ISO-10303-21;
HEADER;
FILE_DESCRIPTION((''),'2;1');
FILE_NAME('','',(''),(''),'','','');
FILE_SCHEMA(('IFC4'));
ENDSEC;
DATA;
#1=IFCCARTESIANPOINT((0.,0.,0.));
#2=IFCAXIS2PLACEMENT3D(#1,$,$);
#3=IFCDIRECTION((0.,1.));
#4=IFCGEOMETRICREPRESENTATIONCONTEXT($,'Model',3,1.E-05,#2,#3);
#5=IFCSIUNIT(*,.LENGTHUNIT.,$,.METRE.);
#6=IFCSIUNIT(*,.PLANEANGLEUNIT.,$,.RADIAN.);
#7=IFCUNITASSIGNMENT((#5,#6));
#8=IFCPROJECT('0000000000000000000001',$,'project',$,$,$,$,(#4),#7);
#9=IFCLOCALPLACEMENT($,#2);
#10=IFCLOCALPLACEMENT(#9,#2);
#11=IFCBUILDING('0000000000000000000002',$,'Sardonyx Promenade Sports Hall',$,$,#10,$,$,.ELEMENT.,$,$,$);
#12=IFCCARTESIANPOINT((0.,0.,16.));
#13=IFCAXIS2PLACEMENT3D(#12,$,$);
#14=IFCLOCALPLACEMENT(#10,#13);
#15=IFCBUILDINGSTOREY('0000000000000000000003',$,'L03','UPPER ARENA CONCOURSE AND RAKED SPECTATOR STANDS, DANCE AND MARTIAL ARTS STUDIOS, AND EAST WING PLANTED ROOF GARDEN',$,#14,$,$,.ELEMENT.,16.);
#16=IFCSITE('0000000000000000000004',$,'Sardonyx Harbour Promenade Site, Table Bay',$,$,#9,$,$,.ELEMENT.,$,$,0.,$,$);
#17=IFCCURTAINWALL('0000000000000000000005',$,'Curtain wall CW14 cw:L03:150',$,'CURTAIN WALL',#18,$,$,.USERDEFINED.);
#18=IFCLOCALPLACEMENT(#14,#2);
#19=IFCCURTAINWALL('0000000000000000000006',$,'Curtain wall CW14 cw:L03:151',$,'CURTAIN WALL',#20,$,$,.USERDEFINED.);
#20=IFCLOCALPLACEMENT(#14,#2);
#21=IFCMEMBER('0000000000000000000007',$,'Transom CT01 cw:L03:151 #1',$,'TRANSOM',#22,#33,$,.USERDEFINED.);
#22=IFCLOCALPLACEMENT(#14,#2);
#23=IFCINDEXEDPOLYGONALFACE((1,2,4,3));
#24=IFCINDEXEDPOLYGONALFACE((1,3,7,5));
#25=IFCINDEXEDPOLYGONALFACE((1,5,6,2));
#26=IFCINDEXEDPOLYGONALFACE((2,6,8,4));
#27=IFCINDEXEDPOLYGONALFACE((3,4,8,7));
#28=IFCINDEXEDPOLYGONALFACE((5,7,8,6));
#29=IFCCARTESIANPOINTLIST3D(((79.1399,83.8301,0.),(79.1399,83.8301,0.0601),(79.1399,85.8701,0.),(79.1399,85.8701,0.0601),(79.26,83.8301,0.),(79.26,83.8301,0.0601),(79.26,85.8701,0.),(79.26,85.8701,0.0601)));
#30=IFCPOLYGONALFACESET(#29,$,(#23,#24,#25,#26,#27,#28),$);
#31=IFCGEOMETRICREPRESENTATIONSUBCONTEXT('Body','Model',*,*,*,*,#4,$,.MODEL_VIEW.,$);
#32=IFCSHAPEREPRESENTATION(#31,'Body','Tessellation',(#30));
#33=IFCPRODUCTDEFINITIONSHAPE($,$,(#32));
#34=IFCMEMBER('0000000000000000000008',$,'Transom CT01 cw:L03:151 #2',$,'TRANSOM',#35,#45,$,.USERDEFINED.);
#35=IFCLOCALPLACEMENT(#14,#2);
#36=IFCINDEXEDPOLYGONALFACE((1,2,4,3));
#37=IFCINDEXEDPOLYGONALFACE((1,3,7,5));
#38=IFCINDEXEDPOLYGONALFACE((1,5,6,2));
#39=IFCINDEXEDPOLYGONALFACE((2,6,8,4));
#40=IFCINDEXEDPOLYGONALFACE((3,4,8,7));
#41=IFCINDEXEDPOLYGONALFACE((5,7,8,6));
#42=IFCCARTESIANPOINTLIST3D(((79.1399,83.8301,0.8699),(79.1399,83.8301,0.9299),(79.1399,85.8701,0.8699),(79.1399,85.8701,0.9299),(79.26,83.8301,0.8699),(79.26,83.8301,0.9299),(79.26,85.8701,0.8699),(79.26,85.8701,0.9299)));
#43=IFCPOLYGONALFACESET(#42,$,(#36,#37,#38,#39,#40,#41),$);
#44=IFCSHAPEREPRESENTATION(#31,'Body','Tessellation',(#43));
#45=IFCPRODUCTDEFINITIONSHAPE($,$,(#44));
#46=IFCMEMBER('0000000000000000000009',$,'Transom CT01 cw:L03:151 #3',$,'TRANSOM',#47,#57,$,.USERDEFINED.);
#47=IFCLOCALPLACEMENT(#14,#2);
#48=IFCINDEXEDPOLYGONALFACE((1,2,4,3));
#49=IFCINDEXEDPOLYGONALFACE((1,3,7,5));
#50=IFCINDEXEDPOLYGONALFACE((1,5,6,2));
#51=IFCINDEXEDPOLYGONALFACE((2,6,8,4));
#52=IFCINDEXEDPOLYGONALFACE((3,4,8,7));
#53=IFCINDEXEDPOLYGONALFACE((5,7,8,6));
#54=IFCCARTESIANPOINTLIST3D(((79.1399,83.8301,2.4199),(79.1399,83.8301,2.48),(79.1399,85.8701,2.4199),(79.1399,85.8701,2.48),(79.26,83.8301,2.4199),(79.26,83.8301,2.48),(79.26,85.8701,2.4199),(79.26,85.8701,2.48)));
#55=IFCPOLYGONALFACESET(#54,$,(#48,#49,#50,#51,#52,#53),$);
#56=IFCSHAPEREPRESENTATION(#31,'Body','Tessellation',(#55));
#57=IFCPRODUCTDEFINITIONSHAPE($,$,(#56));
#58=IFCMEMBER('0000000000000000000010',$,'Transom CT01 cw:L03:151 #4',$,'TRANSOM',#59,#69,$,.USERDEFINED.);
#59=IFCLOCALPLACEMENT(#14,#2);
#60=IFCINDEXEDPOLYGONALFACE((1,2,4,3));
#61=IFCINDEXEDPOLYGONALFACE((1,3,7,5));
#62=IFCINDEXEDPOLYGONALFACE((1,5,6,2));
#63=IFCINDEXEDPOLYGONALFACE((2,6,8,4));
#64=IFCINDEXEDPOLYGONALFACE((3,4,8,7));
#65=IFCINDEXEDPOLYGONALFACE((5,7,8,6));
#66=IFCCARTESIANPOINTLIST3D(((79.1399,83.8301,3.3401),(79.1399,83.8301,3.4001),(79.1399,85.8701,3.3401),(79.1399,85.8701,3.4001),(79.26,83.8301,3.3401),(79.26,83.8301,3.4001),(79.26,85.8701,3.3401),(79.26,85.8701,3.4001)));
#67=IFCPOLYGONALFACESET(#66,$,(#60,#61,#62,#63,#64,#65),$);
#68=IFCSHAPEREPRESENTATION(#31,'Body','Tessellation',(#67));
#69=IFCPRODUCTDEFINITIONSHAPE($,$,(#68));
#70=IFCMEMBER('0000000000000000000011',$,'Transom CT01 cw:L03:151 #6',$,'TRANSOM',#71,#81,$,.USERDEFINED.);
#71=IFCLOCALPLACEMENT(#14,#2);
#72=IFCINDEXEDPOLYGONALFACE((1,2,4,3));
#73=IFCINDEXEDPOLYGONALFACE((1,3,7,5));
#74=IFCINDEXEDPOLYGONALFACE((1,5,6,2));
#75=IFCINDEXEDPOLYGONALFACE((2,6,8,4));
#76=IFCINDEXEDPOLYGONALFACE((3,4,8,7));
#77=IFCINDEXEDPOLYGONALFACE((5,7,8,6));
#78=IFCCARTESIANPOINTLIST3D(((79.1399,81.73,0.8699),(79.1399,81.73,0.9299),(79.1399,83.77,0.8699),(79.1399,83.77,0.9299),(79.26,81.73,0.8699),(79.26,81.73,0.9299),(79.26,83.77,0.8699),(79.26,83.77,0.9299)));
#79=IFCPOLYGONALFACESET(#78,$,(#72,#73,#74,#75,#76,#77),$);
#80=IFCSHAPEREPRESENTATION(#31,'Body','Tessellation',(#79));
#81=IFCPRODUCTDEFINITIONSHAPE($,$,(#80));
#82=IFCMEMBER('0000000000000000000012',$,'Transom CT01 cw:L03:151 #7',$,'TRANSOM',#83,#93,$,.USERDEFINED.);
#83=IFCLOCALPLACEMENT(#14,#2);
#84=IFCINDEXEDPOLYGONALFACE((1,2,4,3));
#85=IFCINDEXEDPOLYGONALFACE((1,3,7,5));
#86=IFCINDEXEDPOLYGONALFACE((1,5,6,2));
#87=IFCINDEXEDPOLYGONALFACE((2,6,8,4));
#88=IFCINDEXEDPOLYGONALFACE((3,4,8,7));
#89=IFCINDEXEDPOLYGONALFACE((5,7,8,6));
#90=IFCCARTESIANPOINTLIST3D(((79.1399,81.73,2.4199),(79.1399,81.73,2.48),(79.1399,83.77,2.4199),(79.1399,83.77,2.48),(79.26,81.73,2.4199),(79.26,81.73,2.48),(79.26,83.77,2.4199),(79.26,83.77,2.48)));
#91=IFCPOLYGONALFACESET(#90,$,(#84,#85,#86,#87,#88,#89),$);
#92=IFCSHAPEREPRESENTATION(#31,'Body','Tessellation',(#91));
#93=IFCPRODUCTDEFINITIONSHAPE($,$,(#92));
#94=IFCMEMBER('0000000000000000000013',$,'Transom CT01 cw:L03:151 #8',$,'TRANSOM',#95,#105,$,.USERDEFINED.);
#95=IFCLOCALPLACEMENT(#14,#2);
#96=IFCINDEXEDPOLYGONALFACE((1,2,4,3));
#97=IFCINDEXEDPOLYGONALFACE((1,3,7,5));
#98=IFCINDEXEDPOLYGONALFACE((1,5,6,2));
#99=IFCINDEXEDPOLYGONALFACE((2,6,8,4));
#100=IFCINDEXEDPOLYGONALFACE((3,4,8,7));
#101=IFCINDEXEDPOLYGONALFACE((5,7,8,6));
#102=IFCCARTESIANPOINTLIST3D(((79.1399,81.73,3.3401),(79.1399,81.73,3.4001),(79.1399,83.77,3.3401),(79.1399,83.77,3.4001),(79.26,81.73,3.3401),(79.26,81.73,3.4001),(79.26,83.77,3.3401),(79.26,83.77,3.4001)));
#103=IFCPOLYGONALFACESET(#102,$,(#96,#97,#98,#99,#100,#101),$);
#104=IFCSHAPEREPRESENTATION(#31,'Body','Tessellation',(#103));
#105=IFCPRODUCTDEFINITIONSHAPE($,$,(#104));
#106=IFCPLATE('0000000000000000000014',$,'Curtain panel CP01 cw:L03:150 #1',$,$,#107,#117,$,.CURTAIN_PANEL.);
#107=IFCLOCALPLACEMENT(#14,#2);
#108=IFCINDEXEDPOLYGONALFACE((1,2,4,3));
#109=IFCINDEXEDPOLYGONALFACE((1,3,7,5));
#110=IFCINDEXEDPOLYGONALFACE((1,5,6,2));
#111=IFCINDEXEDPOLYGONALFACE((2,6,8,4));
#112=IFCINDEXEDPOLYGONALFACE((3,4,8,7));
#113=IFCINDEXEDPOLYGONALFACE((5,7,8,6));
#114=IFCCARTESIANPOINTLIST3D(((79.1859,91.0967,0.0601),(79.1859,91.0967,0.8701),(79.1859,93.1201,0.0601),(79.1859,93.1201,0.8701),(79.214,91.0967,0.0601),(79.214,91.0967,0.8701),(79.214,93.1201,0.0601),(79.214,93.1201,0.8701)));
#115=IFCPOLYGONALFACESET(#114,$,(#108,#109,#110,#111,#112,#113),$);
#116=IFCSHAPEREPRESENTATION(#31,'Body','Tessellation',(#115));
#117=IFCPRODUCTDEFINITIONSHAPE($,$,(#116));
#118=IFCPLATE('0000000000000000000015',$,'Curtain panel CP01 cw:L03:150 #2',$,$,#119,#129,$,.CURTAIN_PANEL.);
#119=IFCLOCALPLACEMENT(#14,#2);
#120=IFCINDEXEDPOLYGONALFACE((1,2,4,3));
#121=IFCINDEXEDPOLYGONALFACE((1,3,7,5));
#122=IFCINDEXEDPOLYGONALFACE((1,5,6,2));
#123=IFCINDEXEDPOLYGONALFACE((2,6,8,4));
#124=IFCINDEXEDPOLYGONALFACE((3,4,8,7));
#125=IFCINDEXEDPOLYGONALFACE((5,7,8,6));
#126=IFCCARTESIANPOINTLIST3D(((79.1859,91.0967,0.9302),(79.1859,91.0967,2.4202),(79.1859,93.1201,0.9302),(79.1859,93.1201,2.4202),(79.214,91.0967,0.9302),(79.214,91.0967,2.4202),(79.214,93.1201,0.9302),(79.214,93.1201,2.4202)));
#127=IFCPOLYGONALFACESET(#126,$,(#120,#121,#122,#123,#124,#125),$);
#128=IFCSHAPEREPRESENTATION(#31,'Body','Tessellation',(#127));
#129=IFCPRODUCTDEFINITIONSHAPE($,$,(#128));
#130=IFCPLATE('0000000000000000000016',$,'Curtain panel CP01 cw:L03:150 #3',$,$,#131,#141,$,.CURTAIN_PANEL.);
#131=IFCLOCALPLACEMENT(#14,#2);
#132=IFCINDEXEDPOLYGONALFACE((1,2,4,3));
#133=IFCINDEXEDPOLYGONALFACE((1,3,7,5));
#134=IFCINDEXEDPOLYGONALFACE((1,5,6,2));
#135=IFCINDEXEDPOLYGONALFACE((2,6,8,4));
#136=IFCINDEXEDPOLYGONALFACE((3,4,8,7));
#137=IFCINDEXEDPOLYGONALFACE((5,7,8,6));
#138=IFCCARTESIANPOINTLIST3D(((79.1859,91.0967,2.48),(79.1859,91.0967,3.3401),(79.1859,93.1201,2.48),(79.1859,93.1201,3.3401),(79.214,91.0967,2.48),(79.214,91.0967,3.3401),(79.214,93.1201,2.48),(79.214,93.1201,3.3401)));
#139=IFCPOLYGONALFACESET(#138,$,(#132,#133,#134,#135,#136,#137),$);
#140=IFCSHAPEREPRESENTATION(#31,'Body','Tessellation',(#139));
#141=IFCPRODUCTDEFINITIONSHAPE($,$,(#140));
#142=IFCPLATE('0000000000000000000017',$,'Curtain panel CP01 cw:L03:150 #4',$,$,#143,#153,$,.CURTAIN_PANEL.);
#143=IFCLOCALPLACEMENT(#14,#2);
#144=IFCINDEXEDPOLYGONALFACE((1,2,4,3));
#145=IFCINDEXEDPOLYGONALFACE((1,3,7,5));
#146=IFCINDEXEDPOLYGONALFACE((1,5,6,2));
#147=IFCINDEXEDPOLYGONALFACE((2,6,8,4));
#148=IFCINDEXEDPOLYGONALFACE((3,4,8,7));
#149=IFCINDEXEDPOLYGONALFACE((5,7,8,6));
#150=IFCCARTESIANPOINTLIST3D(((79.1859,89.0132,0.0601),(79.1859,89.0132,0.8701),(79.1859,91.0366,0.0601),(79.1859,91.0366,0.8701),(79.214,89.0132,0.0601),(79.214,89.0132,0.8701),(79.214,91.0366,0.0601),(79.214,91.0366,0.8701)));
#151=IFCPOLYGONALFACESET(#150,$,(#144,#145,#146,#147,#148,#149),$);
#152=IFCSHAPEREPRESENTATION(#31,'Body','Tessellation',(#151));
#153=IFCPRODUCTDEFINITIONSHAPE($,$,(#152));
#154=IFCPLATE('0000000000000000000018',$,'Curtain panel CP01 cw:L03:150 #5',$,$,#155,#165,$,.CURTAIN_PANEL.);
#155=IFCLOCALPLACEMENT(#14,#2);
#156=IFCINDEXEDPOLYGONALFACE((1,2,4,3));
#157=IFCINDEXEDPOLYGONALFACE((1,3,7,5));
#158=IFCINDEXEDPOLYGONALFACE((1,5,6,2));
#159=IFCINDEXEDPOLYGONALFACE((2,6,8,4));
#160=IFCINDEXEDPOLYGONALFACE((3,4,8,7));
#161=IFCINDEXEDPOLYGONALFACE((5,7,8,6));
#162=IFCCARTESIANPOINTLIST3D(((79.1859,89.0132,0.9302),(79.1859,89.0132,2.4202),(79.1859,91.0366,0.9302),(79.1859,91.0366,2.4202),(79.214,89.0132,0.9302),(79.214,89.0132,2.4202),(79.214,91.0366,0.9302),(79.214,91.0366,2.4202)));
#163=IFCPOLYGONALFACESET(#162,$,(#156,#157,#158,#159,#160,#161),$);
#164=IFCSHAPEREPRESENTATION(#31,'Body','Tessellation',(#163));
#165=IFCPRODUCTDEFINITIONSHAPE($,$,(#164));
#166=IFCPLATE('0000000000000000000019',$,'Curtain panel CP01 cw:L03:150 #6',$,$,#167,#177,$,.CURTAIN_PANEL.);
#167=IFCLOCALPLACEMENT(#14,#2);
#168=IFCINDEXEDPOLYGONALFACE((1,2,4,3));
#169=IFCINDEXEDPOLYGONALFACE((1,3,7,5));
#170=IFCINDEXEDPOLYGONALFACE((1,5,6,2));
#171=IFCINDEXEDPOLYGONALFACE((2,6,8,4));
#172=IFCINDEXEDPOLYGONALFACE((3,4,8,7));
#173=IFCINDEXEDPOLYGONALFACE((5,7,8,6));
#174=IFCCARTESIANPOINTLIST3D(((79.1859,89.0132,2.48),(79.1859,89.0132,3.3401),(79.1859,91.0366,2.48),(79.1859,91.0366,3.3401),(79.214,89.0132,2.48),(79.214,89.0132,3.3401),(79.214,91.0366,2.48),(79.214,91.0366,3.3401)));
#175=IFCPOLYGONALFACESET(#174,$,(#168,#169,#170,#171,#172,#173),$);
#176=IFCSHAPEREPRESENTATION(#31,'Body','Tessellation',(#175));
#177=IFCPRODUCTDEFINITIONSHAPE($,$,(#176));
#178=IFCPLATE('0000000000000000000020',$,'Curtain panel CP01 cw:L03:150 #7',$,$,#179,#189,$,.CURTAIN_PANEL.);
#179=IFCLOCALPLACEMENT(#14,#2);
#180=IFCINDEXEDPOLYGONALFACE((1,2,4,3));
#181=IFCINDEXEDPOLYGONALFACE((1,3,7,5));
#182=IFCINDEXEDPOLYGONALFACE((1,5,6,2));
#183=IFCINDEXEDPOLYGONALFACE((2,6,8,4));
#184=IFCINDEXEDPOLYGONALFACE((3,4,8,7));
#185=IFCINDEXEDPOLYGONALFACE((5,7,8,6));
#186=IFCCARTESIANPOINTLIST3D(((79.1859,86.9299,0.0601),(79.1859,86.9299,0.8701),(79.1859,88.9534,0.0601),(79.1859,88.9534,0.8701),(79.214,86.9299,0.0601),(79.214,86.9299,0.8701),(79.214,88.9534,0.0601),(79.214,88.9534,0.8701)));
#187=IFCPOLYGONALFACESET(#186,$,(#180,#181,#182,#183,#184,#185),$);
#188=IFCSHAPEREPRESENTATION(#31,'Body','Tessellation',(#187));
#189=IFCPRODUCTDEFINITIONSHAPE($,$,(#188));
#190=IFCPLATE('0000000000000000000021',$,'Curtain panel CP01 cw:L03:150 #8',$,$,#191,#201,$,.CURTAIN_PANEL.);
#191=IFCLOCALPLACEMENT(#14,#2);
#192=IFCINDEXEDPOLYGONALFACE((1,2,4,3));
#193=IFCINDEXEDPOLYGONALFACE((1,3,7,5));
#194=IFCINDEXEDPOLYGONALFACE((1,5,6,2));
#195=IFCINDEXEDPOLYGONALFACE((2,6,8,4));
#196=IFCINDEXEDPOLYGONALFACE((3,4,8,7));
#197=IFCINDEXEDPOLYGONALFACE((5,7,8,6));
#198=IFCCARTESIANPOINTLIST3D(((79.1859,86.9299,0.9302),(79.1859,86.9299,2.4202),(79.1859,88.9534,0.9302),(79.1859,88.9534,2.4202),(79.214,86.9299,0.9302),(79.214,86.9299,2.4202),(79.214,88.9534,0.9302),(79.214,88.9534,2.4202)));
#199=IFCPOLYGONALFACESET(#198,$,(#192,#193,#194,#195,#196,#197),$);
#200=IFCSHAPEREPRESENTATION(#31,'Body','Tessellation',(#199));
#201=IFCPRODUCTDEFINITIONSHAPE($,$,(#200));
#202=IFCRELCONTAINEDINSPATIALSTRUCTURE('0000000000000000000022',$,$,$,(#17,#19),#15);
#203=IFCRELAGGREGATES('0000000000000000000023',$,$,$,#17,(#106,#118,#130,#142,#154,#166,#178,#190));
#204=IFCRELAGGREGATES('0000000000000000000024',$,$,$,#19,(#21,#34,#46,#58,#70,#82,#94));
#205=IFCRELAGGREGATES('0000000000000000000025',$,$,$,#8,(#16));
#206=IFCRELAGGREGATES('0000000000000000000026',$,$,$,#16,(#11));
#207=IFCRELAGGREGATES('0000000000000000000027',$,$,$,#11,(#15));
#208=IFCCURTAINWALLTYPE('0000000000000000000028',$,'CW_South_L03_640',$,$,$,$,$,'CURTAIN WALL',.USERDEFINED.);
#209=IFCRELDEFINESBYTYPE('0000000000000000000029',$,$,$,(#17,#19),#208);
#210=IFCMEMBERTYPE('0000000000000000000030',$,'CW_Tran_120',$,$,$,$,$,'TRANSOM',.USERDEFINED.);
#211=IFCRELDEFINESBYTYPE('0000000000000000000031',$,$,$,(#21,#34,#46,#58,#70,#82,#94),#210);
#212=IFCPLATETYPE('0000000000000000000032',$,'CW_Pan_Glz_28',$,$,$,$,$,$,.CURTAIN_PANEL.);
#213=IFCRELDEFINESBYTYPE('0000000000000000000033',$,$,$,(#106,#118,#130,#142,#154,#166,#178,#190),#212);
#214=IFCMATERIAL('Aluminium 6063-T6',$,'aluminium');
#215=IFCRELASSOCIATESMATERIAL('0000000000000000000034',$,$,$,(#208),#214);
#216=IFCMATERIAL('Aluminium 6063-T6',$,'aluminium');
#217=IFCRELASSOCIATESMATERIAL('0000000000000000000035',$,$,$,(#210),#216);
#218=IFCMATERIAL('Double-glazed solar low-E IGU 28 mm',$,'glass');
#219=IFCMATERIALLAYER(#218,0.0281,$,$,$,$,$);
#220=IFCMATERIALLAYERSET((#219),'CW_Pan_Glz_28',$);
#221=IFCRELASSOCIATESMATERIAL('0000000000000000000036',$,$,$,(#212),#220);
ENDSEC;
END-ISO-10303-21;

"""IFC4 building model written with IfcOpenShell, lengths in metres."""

from ifc_helpers import new_model, si_unit, direction, frame, origin, origin_2d, place, context, subcontext, project, spatial, rectangle, extrude, material, layer, layer_set, material_profile, profile_set, type_object, element, aggregate, save


model = new_model("IFC4")

# Units and contexts
model_context = context("Model", 3, precision=1e-05, world=origin(), true_north=direction((0.0, 1.0)))
body_context = subcontext(model_context, "Body", "Model", "MODEL_VIEW")
ifc_project = project(units=[si_unit("LENGTHUNIT", "METRE"), si_unit("PLANEANGLEUNIT", "RADIAN")], contexts=[model_context])

# Site, building, storey
site_placement = place(None, origin())
site = spatial("IfcSite", under=ifc_project, at=site_placement, Name="Sardonyx Harbour Promenade Site, Table Bay", CompositionType="ELEMENT", RefElevation=0.0)
building_placement = place(site_placement, origin())
building = spatial("IfcBuilding", under=site, at=building_placement, Name="Sardonyx Promenade Sports Hall", CompositionType="ELEMENT")
storey_placement = place(building_placement, frame((0.0, 0.0, 16.0)))
storey = spatial("IfcBuildingStorey", under=building, at=storey_placement, Name="L03", Description="UPPER ARENA CONCOURSE AND RAKED SPECTATOR STANDS, DANCE AND MARTIAL ARTS STUDIOS, AND EAST WING PLANTED ROOF GARDEN", CompositionType="ELEMENT", Elevation=16.0)

# Curtain walls
ifc_material_1 = material(Name="Aluminium 6063-T6", Category="aluminium")
curtain_wall_type = type_object("IfcCurtainWallType", Name="CW_South_L03_640", ElementType="CURTAIN WALL", PredefinedType="USERDEFINED", material=ifc_material_1)
curtain_wall_1_placement = place(storey_placement, origin())
curtain_wall_1 = element("IfcCurtainWall", 1, at=curtain_wall_1_placement, inside=storey, type_object=curtain_wall_type, Name="Curtain wall CW14 cw:L03:150", ObjectType="CURTAIN WALL", PredefinedType="USERDEFINED")
curtain_wall_2_placement = place(storey_placement, origin())
curtain_wall_2 = element("IfcCurtainWall", 2, at=curtain_wall_2_placement, inside=storey, type_object=curtain_wall_type, Name="Curtain wall CW14 cw:L03:151", ObjectType="CURTAIN WALL", PredefinedType="USERDEFINED")

# Members
ifc_material_2 = material(Name="Aluminium 6063-T6", Category="aluminium")
ifc_material_profile_1 = material_profile(ifc_material_2, rectangle(XDim=0.0601, YDim=0.1201, at=origin_2d()))
ifc_profile_set_1 = profile_set([ifc_material_profile_1], Name="Aluminium 6063-T6")
member_type_1 = type_object("IfcMemberType", Name="CW_Tran_120", ElementType="TRANSOM", PredefinedType="USERDEFINED", material=ifc_profile_set_1)
member_1_placement = place(storey_placement, frame((79.2, 85.8701, 0.03), z_axis=(0.0, -1.0, 0.0), x_axis=(0.0, 0.0, 1.0)))
member_1 = element("IfcMember", 3, at=member_1_placement, type_object=member_type_1, Name="Transom CT01 cw:L03:151 #1", ObjectType="TRANSOM", PredefinedType="USERDEFINED", context=body_context, shape_type="SweptSolid", body=[
    extrude(rectangle(XDim=0.0601, YDim=0.1201, at=origin_2d()), origin(), (0.0, 0.0, 1.0), 2.04),
])
member_2_placement = place(storey_placement, frame((79.2, 85.8701, 0.8999), z_axis=(0.0, -1.0, 0.0), x_axis=(0.0, 0.0, 1.0)))
member_2 = element("IfcMember", 4, at=member_2_placement, type_object=member_type_1, Name="Transom CT01 cw:L03:151 #2", ObjectType="TRANSOM", PredefinedType="USERDEFINED", context=body_context, shape_type="SweptSolid", body=[
    extrude(rectangle(XDim=0.0601, YDim=0.1201, at=origin_2d()), origin(), (0.0, 0.0, 1.0), 2.04),
])
member_3_placement = place(storey_placement, frame((79.2, 85.8701, 2.45), z_axis=(0.0, -1.0, 0.0), x_axis=(0.0, 0.0, 1.0)))
member_3 = element("IfcMember", 5, at=member_3_placement, type_object=member_type_1, Name="Transom CT01 cw:L03:151 #3", ObjectType="TRANSOM", PredefinedType="USERDEFINED", context=body_context, shape_type="SweptSolid", body=[
    extrude(rectangle(XDim=0.0601, YDim=0.1201, at=origin_2d()), origin(), (0.0, 0.0, 1.0), 2.04),
])
member_4_placement = place(storey_placement, frame((79.2, 85.8701, 3.3701), z_axis=(0.0, -1.0, 0.0), x_axis=(0.0, 0.0, 1.0)))
member_4 = element("IfcMember", 6, at=member_4_placement, type_object=member_type_1, Name="Transom CT01 cw:L03:151 #4", ObjectType="TRANSOM", PredefinedType="USERDEFINED", context=body_context, shape_type="SweptSolid", body=[
    extrude(rectangle(XDim=0.0601, YDim=0.1201, at=origin_2d()), origin(), (0.0, 0.0, 1.0), 2.04),
])
member_5_placement = place(storey_placement, frame((79.2, 83.77, 0.8999), z_axis=(0.0, -1.0, 0.0), x_axis=(0.0, 0.0, 1.0)))
member_5 = element("IfcMember", 7, at=member_5_placement, type_object=member_type_1, Name="Transom CT01 cw:L03:151 #6", ObjectType="TRANSOM", PredefinedType="USERDEFINED", context=body_context, shape_type="SweptSolid", body=[
    extrude(rectangle(XDim=0.0601, YDim=0.1201, at=origin_2d()), origin(), (0.0, 0.0, 1.0), 2.04),
])
member_6_placement = place(storey_placement, frame((79.2, 83.77, 2.45), z_axis=(0.0, -1.0, 0.0), x_axis=(0.0, 0.0, 1.0)))
member_6 = element("IfcMember", 8, at=member_6_placement, type_object=member_type_1, Name="Transom CT01 cw:L03:151 #7", ObjectType="TRANSOM", PredefinedType="USERDEFINED", context=body_context, shape_type="SweptSolid", body=[
    extrude(rectangle(XDim=0.0601, YDim=0.1201, at=origin_2d()), origin(), (0.0, 0.0, 1.0), 2.04),
])
member_7_placement = place(storey_placement, frame((79.2, 83.77, 3.3701), z_axis=(0.0, -1.0, 0.0), x_axis=(0.0, 0.0, 1.0)))
member_7 = element("IfcMember", 9, at=member_7_placement, type_object=member_type_1, Name="Transom CT01 cw:L03:151 #8", ObjectType="TRANSOM", PredefinedType="USERDEFINED", context=body_context, shape_type="SweptSolid", body=[
    extrude(rectangle(XDim=0.0601, YDim=0.1201, at=origin_2d()), origin(), (0.0, 0.0, 1.0), 2.04),
])

# Plates
ifc_material_3 = material(Name="Double-glazed solar low-E IGU 28 mm", Category="glass")
ifc_layer = layer(ifc_material_3, 0.0281)
ifc_layer_set = layer_set([ifc_layer], Name="CW_Pan_Glz_28")
plate_type = type_object("IfcPlateType", Name="CW_Pan_Glz_28", PredefinedType="CURTAIN_PANEL", material=ifc_layer_set)
plate_1_placement = place(storey_placement, frame((79.2, 92.1084, 0.0601), z_axis=(0.0, 0.0, 1.0), x_axis=(0.0, -1.0, 0.0)))
plate_1 = element("IfcPlate", 10, at=plate_1_placement, type_object=plate_type, Name="Curtain panel CP01 cw:L03:150 #1", PredefinedType="CURTAIN_PANEL", context=body_context, shape_type="SweptSolid", body=[
    extrude(rectangle(XDim=2.0234, YDim=0.0281, at=origin_2d()), origin(), (0.0, 0.0, 1.0), 0.8101),
])
plate_2_placement = place(storey_placement, frame((79.2, 92.1084, 0.9302), z_axis=(0.0, 0.0, 1.0), x_axis=(0.0, -1.0, 0.0)))
plate_2 = element("IfcPlate", 11, at=plate_2_placement, type_object=plate_type, Name="Curtain panel CP01 cw:L03:150 #2", PredefinedType="CURTAIN_PANEL", context=body_context, shape_type="SweptSolid", body=[
    extrude(rectangle(XDim=2.0234, YDim=0.0281, at=origin_2d()), origin(), (0.0, 0.0, 1.0), 1.49),
])
plate_3_placement = place(storey_placement, frame((79.2, 92.1084, 2.48), z_axis=(0.0, 0.0, 1.0), x_axis=(0.0, -1.0, 0.0)))
plate_3 = element("IfcPlate", 12, at=plate_3_placement, type_object=plate_type, Name="Curtain panel CP01 cw:L03:150 #3", PredefinedType="CURTAIN_PANEL", context=body_context, shape_type="SweptSolid", body=[
    extrude(rectangle(XDim=2.0234, YDim=0.0281, at=origin_2d()), origin(), (0.0, 0.0, 1.0), 0.8601),
])
plate_4_placement = place(storey_placement, frame((79.2, 90.0249, 0.0601), z_axis=(0.0, 0.0, 1.0), x_axis=(0.0, -1.0, 0.0)))
plate_4 = element("IfcPlate", 13, at=plate_4_placement, type_object=plate_type, Name="Curtain panel CP01 cw:L03:150 #4", PredefinedType="CURTAIN_PANEL", context=body_context, shape_type="SweptSolid", body=[
    extrude(rectangle(XDim=2.0234, YDim=0.0281, at=origin_2d()), origin(), (0.0, 0.0, 1.0), 0.8101),
])
plate_5_placement = place(storey_placement, frame((79.2, 90.0249, 0.9302), z_axis=(0.0, 0.0, 1.0), x_axis=(0.0, -1.0, 0.0)))
plate_5 = element("IfcPlate", 14, at=plate_5_placement, type_object=plate_type, Name="Curtain panel CP01 cw:L03:150 #5", PredefinedType="CURTAIN_PANEL", context=body_context, shape_type="SweptSolid", body=[
    extrude(rectangle(XDim=2.0234, YDim=0.0281, at=origin_2d()), origin(), (0.0, 0.0, 1.0), 1.49),
])
plate_6_placement = place(storey_placement, frame((79.2, 90.0249, 2.48), z_axis=(0.0, 0.0, 1.0), x_axis=(0.0, -1.0, 0.0)))
plate_6 = element("IfcPlate", 15, at=plate_6_placement, type_object=plate_type, Name="Curtain panel CP01 cw:L03:150 #6", PredefinedType="CURTAIN_PANEL", context=body_context, shape_type="SweptSolid", body=[
    extrude(rectangle(XDim=2.0234, YDim=0.0281, at=origin_2d()), origin(), (0.0, 0.0, 1.0), 0.8601),
])
plate_7_placement = place(storey_placement, frame((79.2, 87.9417, 0.0601), z_axis=(0.0, 0.0, 1.0), x_axis=(0.0, -1.0, 0.0)))
plate_7 = element("IfcPlate", 16, at=plate_7_placement, type_object=plate_type, Name="Curtain panel CP01 cw:L03:150 #7", PredefinedType="CURTAIN_PANEL", context=body_context, shape_type="SweptSolid", body=[
    extrude(rectangle(XDim=2.0234, YDim=0.0281, at=origin_2d()), origin(), (0.0, 0.0, 1.0), 0.8101),
])
plate_8_placement = place(storey_placement, frame((79.2, 87.9417, 0.9302), z_axis=(0.0, 0.0, 1.0), x_axis=(0.0, -1.0, 0.0)))
plate_8 = element("IfcPlate", 17, at=plate_8_placement, type_object=plate_type, Name="Curtain panel CP01 cw:L03:150 #8", PredefinedType="CURTAIN_PANEL", context=body_context, shape_type="SweptSolid", body=[
    extrude(rectangle(XDim=2.0234, YDim=0.0281, at=origin_2d()), origin(), (0.0, 0.0, 1.0), 1.49),
])
aggregate(curtain_wall_1, [plate_1, plate_2, plate_3, plate_4, plate_5, plate_6, plate_7, plate_8])
aggregate(curtain_wall_2, [member_1, member_2, member_3, member_4, member_5, member_6, member_7])

save(model, "model.ifc")
